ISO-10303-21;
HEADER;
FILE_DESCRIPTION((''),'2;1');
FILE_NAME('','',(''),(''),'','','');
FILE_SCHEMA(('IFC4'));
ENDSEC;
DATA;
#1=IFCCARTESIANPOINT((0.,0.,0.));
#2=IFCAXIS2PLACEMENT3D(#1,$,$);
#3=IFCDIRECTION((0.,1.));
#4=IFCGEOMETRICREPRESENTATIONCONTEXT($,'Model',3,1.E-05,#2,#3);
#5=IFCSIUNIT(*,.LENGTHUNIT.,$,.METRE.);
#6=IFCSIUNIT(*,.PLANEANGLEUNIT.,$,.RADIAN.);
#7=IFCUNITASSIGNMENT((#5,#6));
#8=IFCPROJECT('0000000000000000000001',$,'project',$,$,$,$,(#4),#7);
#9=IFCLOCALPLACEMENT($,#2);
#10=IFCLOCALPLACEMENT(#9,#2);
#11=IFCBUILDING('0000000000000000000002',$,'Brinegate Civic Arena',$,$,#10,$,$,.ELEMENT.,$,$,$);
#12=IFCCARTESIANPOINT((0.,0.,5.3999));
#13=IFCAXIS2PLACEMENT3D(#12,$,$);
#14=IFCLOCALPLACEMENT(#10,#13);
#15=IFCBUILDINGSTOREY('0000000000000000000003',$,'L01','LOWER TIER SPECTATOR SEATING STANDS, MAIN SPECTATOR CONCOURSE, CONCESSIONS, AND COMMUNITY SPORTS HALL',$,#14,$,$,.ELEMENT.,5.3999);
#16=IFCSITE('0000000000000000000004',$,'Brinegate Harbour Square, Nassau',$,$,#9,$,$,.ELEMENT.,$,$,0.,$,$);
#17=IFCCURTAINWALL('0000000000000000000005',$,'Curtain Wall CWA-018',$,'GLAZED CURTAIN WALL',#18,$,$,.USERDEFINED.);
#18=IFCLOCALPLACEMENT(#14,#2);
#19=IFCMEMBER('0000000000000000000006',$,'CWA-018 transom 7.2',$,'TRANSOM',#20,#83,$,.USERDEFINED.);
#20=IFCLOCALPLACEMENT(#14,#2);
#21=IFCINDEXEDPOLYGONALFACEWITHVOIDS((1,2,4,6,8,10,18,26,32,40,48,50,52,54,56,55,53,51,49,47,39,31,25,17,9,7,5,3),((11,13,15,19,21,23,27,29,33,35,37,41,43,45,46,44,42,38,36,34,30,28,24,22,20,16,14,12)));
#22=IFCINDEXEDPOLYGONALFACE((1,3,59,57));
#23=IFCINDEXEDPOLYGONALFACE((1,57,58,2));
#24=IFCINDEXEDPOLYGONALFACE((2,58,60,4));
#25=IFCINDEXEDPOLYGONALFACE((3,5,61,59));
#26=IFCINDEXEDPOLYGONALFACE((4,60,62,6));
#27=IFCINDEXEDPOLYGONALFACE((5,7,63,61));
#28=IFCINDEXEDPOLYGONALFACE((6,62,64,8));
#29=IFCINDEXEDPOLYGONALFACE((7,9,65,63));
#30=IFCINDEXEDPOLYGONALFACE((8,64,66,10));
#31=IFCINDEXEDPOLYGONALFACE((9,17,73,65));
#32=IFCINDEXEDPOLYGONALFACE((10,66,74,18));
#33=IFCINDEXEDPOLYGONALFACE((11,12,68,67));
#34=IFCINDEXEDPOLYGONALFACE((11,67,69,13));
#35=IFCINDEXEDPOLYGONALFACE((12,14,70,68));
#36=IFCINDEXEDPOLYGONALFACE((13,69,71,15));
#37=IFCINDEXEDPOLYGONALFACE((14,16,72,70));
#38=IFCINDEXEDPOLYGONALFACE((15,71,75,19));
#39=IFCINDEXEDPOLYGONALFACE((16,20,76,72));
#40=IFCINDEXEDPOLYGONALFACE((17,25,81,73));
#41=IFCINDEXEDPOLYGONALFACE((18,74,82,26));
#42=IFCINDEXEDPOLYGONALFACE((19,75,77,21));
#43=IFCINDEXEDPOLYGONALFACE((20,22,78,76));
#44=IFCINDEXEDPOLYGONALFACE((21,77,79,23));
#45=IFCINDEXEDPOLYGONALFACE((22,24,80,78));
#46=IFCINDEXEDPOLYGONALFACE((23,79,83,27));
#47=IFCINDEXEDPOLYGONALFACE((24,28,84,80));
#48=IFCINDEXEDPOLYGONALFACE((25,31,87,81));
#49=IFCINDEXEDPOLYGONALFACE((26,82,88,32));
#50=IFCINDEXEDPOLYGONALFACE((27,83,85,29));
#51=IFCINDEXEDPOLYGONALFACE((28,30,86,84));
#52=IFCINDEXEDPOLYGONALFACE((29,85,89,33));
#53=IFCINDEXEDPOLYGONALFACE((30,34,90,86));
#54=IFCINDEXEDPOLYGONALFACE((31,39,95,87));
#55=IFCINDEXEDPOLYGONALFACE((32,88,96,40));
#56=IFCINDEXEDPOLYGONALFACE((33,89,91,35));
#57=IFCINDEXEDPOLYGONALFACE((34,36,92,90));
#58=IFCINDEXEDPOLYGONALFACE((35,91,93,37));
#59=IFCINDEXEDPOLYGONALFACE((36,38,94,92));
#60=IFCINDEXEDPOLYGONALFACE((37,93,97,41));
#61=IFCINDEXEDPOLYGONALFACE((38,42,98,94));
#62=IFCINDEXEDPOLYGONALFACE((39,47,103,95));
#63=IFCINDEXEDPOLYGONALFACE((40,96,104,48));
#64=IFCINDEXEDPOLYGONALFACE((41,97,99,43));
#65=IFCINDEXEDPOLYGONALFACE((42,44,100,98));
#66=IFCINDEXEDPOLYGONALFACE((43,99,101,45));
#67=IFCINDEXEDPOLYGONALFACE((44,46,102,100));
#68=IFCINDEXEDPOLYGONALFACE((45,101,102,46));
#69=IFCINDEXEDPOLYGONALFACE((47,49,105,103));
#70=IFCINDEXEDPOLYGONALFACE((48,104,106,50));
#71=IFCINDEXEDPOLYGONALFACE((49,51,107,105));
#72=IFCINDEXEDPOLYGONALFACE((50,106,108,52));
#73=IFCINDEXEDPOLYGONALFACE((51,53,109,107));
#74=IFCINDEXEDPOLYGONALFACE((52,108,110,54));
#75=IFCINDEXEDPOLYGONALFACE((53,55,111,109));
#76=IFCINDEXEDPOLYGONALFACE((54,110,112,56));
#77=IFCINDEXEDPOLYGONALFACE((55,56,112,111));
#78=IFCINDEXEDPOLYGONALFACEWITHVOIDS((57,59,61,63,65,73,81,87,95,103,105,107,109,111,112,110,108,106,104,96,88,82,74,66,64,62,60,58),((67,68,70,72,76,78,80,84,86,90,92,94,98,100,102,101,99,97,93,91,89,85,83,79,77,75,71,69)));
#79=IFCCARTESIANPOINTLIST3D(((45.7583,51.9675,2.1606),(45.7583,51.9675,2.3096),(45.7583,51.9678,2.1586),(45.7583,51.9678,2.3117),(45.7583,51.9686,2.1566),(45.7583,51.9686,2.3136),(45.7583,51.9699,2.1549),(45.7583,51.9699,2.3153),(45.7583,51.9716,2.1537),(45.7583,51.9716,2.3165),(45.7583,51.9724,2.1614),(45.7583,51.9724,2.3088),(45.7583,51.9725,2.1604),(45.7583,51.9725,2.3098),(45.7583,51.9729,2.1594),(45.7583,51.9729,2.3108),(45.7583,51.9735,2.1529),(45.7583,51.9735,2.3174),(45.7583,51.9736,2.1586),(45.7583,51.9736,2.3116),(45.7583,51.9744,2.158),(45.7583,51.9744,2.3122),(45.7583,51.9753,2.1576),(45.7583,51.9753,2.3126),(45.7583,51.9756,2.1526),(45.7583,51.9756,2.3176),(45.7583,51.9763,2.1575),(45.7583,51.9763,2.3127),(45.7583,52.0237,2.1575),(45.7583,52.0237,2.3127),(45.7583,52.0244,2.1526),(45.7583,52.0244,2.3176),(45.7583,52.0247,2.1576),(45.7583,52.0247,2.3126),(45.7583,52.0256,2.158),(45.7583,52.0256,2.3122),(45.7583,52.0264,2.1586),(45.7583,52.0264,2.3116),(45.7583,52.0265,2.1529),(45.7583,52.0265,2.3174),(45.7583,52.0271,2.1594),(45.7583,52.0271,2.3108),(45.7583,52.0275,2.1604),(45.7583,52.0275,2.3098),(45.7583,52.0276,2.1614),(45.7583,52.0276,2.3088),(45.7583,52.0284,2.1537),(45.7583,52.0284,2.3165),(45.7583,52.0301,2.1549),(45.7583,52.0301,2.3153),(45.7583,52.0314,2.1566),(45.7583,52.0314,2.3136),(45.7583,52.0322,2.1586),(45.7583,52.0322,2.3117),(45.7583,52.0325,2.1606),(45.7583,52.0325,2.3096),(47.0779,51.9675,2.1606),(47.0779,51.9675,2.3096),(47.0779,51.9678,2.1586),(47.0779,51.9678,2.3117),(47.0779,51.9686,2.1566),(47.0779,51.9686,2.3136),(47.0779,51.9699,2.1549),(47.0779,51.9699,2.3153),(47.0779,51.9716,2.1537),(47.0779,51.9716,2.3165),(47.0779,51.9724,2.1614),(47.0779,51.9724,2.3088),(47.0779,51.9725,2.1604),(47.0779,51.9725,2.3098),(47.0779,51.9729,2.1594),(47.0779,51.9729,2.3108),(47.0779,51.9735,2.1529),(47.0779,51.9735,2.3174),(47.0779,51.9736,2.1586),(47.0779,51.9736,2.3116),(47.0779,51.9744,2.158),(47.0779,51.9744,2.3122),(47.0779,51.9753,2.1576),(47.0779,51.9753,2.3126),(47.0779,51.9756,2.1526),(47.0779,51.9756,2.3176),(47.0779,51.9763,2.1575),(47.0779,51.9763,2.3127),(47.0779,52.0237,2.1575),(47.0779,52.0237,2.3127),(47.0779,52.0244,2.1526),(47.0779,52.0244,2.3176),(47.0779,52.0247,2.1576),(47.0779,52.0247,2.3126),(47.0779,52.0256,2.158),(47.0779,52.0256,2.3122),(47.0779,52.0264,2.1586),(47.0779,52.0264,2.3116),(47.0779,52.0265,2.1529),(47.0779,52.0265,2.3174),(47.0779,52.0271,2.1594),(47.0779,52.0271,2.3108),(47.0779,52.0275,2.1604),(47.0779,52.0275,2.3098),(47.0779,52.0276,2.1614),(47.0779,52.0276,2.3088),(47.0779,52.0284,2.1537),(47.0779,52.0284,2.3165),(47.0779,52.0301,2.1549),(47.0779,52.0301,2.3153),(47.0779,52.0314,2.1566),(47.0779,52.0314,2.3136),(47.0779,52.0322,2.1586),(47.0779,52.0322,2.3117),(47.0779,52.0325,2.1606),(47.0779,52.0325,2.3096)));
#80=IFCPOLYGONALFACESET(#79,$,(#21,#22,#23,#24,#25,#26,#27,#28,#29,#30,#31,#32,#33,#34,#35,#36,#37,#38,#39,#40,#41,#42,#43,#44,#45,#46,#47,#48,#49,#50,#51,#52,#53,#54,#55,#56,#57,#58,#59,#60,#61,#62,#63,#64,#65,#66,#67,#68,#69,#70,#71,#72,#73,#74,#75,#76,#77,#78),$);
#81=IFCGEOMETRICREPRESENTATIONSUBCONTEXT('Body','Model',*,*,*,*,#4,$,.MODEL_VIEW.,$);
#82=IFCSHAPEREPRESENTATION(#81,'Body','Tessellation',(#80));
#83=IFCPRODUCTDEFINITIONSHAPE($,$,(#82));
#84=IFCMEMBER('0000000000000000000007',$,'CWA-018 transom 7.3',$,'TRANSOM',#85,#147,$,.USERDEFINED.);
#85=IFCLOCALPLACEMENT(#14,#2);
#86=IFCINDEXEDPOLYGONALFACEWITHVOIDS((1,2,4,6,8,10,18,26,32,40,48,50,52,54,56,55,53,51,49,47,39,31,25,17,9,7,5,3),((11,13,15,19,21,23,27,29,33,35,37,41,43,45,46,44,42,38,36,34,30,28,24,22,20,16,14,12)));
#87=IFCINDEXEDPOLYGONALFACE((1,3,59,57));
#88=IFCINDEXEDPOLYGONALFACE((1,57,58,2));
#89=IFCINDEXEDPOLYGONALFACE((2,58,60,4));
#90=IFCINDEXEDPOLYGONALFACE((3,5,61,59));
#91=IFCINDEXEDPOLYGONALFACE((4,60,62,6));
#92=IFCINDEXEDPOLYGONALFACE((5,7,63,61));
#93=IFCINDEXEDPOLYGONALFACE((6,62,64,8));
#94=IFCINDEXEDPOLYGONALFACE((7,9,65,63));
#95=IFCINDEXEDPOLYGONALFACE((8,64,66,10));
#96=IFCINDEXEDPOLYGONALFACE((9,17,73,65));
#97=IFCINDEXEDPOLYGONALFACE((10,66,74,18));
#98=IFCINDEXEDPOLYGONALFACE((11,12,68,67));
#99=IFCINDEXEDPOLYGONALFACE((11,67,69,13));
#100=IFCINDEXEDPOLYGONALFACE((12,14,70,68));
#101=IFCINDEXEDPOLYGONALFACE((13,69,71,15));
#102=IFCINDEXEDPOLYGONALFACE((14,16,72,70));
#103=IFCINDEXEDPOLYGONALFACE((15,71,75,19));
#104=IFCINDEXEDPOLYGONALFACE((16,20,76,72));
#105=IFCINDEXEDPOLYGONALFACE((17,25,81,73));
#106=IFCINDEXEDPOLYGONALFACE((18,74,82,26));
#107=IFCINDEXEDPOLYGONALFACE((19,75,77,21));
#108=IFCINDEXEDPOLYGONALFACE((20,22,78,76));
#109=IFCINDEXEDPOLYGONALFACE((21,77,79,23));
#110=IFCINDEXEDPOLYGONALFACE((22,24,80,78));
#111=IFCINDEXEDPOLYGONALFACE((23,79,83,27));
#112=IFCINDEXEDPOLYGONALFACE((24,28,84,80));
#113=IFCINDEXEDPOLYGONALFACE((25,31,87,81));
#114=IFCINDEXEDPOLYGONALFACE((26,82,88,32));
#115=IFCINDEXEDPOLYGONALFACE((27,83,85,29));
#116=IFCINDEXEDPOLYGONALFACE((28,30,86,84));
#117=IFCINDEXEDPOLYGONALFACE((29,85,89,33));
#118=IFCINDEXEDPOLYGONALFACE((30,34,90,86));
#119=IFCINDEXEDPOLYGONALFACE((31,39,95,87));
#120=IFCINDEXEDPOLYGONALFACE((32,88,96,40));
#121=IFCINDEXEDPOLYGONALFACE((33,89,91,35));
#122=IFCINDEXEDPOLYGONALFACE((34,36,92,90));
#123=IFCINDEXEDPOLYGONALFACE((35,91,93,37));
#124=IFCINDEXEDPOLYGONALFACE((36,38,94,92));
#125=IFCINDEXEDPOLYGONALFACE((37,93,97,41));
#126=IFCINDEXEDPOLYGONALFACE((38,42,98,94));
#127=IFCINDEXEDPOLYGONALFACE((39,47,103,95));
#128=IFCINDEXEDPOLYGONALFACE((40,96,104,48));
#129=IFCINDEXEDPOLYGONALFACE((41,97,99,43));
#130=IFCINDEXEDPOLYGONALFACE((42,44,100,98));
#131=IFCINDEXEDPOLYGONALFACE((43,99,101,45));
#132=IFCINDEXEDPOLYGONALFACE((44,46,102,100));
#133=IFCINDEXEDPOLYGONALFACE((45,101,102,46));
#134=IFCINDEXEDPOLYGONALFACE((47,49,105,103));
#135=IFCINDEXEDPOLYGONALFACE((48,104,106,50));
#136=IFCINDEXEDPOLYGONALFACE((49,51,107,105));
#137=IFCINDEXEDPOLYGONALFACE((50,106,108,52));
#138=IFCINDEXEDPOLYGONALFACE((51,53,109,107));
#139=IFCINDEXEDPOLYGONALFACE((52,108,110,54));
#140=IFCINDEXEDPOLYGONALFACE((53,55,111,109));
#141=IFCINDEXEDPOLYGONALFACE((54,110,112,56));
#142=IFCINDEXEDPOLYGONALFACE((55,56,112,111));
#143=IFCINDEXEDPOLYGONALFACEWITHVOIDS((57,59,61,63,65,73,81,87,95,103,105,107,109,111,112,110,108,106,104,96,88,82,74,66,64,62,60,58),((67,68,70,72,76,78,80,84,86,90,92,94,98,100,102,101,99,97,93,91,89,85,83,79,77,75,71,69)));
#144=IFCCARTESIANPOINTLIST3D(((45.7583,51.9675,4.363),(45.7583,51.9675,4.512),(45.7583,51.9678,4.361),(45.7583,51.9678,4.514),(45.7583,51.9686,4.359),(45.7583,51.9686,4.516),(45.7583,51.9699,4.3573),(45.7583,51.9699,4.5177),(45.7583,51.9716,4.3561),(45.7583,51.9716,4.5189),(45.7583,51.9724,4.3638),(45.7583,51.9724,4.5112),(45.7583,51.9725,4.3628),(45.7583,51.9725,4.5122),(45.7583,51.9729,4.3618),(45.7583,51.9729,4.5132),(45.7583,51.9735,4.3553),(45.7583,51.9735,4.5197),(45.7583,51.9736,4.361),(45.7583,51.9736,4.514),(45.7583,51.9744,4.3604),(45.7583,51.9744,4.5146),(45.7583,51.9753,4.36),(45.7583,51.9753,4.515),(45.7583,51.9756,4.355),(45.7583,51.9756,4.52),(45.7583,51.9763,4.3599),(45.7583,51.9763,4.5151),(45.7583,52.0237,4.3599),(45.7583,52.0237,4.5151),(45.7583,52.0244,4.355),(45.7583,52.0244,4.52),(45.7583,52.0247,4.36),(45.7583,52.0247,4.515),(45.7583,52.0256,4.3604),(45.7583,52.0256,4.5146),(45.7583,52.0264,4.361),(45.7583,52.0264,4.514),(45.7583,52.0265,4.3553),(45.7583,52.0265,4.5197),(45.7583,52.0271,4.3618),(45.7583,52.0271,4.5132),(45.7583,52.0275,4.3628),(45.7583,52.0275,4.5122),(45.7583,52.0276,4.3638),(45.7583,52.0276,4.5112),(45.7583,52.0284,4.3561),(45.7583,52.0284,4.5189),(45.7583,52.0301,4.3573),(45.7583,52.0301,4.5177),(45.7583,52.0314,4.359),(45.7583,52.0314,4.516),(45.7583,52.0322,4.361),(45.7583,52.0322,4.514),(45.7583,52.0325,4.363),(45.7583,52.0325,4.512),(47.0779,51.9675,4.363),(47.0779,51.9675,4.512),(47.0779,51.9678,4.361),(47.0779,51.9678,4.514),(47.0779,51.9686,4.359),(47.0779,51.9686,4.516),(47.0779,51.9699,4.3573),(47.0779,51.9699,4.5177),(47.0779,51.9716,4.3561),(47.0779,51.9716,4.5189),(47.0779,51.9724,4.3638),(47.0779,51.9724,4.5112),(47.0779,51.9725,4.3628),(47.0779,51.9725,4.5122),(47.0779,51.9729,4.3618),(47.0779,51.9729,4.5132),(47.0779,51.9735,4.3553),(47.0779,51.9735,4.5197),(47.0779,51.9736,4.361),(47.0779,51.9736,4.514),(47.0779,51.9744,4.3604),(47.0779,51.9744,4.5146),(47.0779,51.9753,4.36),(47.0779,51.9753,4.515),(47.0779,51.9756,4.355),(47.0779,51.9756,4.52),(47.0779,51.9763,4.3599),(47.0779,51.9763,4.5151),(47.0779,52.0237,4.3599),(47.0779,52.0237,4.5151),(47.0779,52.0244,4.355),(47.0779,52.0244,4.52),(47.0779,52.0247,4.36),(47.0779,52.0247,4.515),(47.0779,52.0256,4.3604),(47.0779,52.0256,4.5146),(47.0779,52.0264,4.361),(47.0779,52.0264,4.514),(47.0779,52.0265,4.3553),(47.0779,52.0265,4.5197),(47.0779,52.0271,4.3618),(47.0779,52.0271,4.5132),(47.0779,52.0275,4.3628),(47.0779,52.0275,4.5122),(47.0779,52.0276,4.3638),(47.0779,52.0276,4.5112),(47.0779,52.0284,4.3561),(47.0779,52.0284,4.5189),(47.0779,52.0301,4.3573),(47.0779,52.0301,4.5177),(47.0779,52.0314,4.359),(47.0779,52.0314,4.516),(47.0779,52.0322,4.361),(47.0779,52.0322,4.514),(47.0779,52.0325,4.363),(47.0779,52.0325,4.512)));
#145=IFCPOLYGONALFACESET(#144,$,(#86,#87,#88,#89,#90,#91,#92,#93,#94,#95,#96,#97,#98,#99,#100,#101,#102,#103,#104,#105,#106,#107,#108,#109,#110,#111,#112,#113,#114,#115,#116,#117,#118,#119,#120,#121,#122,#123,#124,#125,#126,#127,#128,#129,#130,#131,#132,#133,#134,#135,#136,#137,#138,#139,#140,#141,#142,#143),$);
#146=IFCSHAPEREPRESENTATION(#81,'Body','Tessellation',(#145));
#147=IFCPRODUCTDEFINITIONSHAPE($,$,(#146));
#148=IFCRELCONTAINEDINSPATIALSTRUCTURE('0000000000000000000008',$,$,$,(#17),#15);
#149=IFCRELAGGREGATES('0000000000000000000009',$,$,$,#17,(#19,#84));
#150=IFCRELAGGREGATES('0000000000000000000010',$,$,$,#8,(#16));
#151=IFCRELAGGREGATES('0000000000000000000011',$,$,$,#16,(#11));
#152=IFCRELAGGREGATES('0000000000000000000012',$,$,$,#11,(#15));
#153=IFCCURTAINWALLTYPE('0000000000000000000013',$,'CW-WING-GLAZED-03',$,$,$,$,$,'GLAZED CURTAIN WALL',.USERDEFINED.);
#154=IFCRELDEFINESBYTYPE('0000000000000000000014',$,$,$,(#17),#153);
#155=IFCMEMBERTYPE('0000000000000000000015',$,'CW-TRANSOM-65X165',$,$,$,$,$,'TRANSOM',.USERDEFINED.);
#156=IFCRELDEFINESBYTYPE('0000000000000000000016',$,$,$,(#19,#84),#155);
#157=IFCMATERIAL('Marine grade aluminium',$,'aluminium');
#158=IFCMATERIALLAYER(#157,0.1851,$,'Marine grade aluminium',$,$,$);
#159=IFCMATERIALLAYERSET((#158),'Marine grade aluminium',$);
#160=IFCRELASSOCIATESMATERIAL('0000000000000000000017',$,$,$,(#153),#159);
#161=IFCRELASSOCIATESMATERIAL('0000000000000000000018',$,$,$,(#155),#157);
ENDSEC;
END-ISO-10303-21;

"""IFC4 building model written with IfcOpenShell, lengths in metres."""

from ifc_helpers import new_model, si_unit, direction, frame, origin, origin_2d, place, context, subcontext, project, spatial, hollow_rectangle, extrude, material, layer, layer_set, material_profile, profile_set, type_object, element, aggregate, save


model = new_model("IFC4")

# Units and contexts
model_context = context("Model", 3, precision=1e-05, world=origin(), true_north=direction((0.0, 1.0)))
body_context = subcontext(model_context, "Body", "Model", "MODEL_VIEW")
ifc_project = project(units=[si_unit("LENGTHUNIT", "METRE"), si_unit("PLANEANGLEUNIT", "RADIAN")], contexts=[model_context])

# Site, building, storey
site_placement = place(None, origin())
site = spatial("IfcSite", under=ifc_project, at=site_placement, Name="Brinegate Harbour Square, Nassau", CompositionType="ELEMENT", RefElevation=0.0)
building_placement = place(site_placement, origin())
building = spatial("IfcBuilding", under=site, at=building_placement, Name="Brinegate Civic Arena", CompositionType="ELEMENT")
storey_placement = place(building_placement, frame((0.0, 0.0, 5.3999)))
storey = spatial("IfcBuildingStorey", under=building, at=storey_placement, Name="L01", Description="LOWER TIER SPECTATOR SEATING STANDS, MAIN SPECTATOR CONCOURSE, CONCESSIONS, AND COMMUNITY SPORTS HALL", CompositionType="ELEMENT", Elevation=5.3999)

# Shared definitions
ifc_material_1 = material(Name="Marine grade aluminium", Category="aluminium")

# Curtain wall, members
ifc_layer_1 = layer(ifc_material_1, 0.1851, Name="Marine grade aluminium")
ifc_layer_set_1 = layer_set([ifc_layer_1], Name="Marine grade aluminium")
curtain_wall_type_1 = type_object("IfcCurtainWallType", Name="CW-WING-GLAZED-03", ElementType="GLAZED CURTAIN WALL", PredefinedType="USERDEFINED", material=ifc_layer_set_1)
curtain_wall_1_placement = place(storey_placement, origin())
curtain_wall_1 = element("IfcCurtainWall", 1, at=curtain_wall_1_placement, inside=storey, type_object=curtain_wall_type_1, Name="Curtain Wall CWA-018", ObjectType="GLAZED CURTAIN WALL", PredefinedType="USERDEFINED")
ifc_material_profile_1 = material_profile(ifc_material_1, hollow_rectangle(XDim=0.0649, YDim=0.165, WallThickness=0.0049, InnerFilletRadius=0.0039, OuterFilletRadius=0.0081, at=origin_2d()), Name="TRN65X165")
ifc_profile_set_1 = profile_set([ifc_material_profile_1], Name="Marine grade aluminium")
member_type_1 = type_object("IfcMemberType", Name="CW-TRANSOM-65X165", ElementType="TRANSOM", PredefinedType="USERDEFINED", material=ifc_profile_set_1)
member_1_placement = place(storey_placement, frame((45.7583, 52.0, 2.2351), z_axis=(1.0, 0.0, 0.0), x_axis=(0.0, 1.0, 0.0)))
member_1 = element("IfcMember", 2, at=member_1_placement, type_object=member_type_1, Name="CWA-018 transom 7.2", ObjectType="TRANSOM", PredefinedType="USERDEFINED", context=body_context, shape_type="SweptSolid", body=[
    extrude(hollow_rectangle(XDim=0.0649, YDim=0.165, WallThickness=0.0049, InnerFilletRadius=0.0039, OuterFilletRadius=0.0081, at=origin_2d()), origin(), (0.0, 0.0, 1.0), 1.3196),
])
member_2_placement = place(storey_placement, frame((45.7583, 52.0, 4.4375), z_axis=(1.0, 0.0, 0.0), x_axis=(0.0, 1.0, 0.0)))
member_2 = element("IfcMember", 3, at=member_2_placement, type_object=member_type_1, Name="CWA-018 transom 7.3", ObjectType="TRANSOM", PredefinedType="USERDEFINED", context=body_context, shape_type="SweptSolid", body=[
    extrude(hollow_rectangle(XDim=0.0649, YDim=0.165, WallThickness=0.0049, InnerFilletRadius=0.0039, OuterFilletRadius=0.0081, at=origin_2d()), origin(), (0.0, 0.0, 1.0), 1.3196),
])

aggregate(curtain_wall_1, [member_1, member_2])

save(model, "model.ifc")
